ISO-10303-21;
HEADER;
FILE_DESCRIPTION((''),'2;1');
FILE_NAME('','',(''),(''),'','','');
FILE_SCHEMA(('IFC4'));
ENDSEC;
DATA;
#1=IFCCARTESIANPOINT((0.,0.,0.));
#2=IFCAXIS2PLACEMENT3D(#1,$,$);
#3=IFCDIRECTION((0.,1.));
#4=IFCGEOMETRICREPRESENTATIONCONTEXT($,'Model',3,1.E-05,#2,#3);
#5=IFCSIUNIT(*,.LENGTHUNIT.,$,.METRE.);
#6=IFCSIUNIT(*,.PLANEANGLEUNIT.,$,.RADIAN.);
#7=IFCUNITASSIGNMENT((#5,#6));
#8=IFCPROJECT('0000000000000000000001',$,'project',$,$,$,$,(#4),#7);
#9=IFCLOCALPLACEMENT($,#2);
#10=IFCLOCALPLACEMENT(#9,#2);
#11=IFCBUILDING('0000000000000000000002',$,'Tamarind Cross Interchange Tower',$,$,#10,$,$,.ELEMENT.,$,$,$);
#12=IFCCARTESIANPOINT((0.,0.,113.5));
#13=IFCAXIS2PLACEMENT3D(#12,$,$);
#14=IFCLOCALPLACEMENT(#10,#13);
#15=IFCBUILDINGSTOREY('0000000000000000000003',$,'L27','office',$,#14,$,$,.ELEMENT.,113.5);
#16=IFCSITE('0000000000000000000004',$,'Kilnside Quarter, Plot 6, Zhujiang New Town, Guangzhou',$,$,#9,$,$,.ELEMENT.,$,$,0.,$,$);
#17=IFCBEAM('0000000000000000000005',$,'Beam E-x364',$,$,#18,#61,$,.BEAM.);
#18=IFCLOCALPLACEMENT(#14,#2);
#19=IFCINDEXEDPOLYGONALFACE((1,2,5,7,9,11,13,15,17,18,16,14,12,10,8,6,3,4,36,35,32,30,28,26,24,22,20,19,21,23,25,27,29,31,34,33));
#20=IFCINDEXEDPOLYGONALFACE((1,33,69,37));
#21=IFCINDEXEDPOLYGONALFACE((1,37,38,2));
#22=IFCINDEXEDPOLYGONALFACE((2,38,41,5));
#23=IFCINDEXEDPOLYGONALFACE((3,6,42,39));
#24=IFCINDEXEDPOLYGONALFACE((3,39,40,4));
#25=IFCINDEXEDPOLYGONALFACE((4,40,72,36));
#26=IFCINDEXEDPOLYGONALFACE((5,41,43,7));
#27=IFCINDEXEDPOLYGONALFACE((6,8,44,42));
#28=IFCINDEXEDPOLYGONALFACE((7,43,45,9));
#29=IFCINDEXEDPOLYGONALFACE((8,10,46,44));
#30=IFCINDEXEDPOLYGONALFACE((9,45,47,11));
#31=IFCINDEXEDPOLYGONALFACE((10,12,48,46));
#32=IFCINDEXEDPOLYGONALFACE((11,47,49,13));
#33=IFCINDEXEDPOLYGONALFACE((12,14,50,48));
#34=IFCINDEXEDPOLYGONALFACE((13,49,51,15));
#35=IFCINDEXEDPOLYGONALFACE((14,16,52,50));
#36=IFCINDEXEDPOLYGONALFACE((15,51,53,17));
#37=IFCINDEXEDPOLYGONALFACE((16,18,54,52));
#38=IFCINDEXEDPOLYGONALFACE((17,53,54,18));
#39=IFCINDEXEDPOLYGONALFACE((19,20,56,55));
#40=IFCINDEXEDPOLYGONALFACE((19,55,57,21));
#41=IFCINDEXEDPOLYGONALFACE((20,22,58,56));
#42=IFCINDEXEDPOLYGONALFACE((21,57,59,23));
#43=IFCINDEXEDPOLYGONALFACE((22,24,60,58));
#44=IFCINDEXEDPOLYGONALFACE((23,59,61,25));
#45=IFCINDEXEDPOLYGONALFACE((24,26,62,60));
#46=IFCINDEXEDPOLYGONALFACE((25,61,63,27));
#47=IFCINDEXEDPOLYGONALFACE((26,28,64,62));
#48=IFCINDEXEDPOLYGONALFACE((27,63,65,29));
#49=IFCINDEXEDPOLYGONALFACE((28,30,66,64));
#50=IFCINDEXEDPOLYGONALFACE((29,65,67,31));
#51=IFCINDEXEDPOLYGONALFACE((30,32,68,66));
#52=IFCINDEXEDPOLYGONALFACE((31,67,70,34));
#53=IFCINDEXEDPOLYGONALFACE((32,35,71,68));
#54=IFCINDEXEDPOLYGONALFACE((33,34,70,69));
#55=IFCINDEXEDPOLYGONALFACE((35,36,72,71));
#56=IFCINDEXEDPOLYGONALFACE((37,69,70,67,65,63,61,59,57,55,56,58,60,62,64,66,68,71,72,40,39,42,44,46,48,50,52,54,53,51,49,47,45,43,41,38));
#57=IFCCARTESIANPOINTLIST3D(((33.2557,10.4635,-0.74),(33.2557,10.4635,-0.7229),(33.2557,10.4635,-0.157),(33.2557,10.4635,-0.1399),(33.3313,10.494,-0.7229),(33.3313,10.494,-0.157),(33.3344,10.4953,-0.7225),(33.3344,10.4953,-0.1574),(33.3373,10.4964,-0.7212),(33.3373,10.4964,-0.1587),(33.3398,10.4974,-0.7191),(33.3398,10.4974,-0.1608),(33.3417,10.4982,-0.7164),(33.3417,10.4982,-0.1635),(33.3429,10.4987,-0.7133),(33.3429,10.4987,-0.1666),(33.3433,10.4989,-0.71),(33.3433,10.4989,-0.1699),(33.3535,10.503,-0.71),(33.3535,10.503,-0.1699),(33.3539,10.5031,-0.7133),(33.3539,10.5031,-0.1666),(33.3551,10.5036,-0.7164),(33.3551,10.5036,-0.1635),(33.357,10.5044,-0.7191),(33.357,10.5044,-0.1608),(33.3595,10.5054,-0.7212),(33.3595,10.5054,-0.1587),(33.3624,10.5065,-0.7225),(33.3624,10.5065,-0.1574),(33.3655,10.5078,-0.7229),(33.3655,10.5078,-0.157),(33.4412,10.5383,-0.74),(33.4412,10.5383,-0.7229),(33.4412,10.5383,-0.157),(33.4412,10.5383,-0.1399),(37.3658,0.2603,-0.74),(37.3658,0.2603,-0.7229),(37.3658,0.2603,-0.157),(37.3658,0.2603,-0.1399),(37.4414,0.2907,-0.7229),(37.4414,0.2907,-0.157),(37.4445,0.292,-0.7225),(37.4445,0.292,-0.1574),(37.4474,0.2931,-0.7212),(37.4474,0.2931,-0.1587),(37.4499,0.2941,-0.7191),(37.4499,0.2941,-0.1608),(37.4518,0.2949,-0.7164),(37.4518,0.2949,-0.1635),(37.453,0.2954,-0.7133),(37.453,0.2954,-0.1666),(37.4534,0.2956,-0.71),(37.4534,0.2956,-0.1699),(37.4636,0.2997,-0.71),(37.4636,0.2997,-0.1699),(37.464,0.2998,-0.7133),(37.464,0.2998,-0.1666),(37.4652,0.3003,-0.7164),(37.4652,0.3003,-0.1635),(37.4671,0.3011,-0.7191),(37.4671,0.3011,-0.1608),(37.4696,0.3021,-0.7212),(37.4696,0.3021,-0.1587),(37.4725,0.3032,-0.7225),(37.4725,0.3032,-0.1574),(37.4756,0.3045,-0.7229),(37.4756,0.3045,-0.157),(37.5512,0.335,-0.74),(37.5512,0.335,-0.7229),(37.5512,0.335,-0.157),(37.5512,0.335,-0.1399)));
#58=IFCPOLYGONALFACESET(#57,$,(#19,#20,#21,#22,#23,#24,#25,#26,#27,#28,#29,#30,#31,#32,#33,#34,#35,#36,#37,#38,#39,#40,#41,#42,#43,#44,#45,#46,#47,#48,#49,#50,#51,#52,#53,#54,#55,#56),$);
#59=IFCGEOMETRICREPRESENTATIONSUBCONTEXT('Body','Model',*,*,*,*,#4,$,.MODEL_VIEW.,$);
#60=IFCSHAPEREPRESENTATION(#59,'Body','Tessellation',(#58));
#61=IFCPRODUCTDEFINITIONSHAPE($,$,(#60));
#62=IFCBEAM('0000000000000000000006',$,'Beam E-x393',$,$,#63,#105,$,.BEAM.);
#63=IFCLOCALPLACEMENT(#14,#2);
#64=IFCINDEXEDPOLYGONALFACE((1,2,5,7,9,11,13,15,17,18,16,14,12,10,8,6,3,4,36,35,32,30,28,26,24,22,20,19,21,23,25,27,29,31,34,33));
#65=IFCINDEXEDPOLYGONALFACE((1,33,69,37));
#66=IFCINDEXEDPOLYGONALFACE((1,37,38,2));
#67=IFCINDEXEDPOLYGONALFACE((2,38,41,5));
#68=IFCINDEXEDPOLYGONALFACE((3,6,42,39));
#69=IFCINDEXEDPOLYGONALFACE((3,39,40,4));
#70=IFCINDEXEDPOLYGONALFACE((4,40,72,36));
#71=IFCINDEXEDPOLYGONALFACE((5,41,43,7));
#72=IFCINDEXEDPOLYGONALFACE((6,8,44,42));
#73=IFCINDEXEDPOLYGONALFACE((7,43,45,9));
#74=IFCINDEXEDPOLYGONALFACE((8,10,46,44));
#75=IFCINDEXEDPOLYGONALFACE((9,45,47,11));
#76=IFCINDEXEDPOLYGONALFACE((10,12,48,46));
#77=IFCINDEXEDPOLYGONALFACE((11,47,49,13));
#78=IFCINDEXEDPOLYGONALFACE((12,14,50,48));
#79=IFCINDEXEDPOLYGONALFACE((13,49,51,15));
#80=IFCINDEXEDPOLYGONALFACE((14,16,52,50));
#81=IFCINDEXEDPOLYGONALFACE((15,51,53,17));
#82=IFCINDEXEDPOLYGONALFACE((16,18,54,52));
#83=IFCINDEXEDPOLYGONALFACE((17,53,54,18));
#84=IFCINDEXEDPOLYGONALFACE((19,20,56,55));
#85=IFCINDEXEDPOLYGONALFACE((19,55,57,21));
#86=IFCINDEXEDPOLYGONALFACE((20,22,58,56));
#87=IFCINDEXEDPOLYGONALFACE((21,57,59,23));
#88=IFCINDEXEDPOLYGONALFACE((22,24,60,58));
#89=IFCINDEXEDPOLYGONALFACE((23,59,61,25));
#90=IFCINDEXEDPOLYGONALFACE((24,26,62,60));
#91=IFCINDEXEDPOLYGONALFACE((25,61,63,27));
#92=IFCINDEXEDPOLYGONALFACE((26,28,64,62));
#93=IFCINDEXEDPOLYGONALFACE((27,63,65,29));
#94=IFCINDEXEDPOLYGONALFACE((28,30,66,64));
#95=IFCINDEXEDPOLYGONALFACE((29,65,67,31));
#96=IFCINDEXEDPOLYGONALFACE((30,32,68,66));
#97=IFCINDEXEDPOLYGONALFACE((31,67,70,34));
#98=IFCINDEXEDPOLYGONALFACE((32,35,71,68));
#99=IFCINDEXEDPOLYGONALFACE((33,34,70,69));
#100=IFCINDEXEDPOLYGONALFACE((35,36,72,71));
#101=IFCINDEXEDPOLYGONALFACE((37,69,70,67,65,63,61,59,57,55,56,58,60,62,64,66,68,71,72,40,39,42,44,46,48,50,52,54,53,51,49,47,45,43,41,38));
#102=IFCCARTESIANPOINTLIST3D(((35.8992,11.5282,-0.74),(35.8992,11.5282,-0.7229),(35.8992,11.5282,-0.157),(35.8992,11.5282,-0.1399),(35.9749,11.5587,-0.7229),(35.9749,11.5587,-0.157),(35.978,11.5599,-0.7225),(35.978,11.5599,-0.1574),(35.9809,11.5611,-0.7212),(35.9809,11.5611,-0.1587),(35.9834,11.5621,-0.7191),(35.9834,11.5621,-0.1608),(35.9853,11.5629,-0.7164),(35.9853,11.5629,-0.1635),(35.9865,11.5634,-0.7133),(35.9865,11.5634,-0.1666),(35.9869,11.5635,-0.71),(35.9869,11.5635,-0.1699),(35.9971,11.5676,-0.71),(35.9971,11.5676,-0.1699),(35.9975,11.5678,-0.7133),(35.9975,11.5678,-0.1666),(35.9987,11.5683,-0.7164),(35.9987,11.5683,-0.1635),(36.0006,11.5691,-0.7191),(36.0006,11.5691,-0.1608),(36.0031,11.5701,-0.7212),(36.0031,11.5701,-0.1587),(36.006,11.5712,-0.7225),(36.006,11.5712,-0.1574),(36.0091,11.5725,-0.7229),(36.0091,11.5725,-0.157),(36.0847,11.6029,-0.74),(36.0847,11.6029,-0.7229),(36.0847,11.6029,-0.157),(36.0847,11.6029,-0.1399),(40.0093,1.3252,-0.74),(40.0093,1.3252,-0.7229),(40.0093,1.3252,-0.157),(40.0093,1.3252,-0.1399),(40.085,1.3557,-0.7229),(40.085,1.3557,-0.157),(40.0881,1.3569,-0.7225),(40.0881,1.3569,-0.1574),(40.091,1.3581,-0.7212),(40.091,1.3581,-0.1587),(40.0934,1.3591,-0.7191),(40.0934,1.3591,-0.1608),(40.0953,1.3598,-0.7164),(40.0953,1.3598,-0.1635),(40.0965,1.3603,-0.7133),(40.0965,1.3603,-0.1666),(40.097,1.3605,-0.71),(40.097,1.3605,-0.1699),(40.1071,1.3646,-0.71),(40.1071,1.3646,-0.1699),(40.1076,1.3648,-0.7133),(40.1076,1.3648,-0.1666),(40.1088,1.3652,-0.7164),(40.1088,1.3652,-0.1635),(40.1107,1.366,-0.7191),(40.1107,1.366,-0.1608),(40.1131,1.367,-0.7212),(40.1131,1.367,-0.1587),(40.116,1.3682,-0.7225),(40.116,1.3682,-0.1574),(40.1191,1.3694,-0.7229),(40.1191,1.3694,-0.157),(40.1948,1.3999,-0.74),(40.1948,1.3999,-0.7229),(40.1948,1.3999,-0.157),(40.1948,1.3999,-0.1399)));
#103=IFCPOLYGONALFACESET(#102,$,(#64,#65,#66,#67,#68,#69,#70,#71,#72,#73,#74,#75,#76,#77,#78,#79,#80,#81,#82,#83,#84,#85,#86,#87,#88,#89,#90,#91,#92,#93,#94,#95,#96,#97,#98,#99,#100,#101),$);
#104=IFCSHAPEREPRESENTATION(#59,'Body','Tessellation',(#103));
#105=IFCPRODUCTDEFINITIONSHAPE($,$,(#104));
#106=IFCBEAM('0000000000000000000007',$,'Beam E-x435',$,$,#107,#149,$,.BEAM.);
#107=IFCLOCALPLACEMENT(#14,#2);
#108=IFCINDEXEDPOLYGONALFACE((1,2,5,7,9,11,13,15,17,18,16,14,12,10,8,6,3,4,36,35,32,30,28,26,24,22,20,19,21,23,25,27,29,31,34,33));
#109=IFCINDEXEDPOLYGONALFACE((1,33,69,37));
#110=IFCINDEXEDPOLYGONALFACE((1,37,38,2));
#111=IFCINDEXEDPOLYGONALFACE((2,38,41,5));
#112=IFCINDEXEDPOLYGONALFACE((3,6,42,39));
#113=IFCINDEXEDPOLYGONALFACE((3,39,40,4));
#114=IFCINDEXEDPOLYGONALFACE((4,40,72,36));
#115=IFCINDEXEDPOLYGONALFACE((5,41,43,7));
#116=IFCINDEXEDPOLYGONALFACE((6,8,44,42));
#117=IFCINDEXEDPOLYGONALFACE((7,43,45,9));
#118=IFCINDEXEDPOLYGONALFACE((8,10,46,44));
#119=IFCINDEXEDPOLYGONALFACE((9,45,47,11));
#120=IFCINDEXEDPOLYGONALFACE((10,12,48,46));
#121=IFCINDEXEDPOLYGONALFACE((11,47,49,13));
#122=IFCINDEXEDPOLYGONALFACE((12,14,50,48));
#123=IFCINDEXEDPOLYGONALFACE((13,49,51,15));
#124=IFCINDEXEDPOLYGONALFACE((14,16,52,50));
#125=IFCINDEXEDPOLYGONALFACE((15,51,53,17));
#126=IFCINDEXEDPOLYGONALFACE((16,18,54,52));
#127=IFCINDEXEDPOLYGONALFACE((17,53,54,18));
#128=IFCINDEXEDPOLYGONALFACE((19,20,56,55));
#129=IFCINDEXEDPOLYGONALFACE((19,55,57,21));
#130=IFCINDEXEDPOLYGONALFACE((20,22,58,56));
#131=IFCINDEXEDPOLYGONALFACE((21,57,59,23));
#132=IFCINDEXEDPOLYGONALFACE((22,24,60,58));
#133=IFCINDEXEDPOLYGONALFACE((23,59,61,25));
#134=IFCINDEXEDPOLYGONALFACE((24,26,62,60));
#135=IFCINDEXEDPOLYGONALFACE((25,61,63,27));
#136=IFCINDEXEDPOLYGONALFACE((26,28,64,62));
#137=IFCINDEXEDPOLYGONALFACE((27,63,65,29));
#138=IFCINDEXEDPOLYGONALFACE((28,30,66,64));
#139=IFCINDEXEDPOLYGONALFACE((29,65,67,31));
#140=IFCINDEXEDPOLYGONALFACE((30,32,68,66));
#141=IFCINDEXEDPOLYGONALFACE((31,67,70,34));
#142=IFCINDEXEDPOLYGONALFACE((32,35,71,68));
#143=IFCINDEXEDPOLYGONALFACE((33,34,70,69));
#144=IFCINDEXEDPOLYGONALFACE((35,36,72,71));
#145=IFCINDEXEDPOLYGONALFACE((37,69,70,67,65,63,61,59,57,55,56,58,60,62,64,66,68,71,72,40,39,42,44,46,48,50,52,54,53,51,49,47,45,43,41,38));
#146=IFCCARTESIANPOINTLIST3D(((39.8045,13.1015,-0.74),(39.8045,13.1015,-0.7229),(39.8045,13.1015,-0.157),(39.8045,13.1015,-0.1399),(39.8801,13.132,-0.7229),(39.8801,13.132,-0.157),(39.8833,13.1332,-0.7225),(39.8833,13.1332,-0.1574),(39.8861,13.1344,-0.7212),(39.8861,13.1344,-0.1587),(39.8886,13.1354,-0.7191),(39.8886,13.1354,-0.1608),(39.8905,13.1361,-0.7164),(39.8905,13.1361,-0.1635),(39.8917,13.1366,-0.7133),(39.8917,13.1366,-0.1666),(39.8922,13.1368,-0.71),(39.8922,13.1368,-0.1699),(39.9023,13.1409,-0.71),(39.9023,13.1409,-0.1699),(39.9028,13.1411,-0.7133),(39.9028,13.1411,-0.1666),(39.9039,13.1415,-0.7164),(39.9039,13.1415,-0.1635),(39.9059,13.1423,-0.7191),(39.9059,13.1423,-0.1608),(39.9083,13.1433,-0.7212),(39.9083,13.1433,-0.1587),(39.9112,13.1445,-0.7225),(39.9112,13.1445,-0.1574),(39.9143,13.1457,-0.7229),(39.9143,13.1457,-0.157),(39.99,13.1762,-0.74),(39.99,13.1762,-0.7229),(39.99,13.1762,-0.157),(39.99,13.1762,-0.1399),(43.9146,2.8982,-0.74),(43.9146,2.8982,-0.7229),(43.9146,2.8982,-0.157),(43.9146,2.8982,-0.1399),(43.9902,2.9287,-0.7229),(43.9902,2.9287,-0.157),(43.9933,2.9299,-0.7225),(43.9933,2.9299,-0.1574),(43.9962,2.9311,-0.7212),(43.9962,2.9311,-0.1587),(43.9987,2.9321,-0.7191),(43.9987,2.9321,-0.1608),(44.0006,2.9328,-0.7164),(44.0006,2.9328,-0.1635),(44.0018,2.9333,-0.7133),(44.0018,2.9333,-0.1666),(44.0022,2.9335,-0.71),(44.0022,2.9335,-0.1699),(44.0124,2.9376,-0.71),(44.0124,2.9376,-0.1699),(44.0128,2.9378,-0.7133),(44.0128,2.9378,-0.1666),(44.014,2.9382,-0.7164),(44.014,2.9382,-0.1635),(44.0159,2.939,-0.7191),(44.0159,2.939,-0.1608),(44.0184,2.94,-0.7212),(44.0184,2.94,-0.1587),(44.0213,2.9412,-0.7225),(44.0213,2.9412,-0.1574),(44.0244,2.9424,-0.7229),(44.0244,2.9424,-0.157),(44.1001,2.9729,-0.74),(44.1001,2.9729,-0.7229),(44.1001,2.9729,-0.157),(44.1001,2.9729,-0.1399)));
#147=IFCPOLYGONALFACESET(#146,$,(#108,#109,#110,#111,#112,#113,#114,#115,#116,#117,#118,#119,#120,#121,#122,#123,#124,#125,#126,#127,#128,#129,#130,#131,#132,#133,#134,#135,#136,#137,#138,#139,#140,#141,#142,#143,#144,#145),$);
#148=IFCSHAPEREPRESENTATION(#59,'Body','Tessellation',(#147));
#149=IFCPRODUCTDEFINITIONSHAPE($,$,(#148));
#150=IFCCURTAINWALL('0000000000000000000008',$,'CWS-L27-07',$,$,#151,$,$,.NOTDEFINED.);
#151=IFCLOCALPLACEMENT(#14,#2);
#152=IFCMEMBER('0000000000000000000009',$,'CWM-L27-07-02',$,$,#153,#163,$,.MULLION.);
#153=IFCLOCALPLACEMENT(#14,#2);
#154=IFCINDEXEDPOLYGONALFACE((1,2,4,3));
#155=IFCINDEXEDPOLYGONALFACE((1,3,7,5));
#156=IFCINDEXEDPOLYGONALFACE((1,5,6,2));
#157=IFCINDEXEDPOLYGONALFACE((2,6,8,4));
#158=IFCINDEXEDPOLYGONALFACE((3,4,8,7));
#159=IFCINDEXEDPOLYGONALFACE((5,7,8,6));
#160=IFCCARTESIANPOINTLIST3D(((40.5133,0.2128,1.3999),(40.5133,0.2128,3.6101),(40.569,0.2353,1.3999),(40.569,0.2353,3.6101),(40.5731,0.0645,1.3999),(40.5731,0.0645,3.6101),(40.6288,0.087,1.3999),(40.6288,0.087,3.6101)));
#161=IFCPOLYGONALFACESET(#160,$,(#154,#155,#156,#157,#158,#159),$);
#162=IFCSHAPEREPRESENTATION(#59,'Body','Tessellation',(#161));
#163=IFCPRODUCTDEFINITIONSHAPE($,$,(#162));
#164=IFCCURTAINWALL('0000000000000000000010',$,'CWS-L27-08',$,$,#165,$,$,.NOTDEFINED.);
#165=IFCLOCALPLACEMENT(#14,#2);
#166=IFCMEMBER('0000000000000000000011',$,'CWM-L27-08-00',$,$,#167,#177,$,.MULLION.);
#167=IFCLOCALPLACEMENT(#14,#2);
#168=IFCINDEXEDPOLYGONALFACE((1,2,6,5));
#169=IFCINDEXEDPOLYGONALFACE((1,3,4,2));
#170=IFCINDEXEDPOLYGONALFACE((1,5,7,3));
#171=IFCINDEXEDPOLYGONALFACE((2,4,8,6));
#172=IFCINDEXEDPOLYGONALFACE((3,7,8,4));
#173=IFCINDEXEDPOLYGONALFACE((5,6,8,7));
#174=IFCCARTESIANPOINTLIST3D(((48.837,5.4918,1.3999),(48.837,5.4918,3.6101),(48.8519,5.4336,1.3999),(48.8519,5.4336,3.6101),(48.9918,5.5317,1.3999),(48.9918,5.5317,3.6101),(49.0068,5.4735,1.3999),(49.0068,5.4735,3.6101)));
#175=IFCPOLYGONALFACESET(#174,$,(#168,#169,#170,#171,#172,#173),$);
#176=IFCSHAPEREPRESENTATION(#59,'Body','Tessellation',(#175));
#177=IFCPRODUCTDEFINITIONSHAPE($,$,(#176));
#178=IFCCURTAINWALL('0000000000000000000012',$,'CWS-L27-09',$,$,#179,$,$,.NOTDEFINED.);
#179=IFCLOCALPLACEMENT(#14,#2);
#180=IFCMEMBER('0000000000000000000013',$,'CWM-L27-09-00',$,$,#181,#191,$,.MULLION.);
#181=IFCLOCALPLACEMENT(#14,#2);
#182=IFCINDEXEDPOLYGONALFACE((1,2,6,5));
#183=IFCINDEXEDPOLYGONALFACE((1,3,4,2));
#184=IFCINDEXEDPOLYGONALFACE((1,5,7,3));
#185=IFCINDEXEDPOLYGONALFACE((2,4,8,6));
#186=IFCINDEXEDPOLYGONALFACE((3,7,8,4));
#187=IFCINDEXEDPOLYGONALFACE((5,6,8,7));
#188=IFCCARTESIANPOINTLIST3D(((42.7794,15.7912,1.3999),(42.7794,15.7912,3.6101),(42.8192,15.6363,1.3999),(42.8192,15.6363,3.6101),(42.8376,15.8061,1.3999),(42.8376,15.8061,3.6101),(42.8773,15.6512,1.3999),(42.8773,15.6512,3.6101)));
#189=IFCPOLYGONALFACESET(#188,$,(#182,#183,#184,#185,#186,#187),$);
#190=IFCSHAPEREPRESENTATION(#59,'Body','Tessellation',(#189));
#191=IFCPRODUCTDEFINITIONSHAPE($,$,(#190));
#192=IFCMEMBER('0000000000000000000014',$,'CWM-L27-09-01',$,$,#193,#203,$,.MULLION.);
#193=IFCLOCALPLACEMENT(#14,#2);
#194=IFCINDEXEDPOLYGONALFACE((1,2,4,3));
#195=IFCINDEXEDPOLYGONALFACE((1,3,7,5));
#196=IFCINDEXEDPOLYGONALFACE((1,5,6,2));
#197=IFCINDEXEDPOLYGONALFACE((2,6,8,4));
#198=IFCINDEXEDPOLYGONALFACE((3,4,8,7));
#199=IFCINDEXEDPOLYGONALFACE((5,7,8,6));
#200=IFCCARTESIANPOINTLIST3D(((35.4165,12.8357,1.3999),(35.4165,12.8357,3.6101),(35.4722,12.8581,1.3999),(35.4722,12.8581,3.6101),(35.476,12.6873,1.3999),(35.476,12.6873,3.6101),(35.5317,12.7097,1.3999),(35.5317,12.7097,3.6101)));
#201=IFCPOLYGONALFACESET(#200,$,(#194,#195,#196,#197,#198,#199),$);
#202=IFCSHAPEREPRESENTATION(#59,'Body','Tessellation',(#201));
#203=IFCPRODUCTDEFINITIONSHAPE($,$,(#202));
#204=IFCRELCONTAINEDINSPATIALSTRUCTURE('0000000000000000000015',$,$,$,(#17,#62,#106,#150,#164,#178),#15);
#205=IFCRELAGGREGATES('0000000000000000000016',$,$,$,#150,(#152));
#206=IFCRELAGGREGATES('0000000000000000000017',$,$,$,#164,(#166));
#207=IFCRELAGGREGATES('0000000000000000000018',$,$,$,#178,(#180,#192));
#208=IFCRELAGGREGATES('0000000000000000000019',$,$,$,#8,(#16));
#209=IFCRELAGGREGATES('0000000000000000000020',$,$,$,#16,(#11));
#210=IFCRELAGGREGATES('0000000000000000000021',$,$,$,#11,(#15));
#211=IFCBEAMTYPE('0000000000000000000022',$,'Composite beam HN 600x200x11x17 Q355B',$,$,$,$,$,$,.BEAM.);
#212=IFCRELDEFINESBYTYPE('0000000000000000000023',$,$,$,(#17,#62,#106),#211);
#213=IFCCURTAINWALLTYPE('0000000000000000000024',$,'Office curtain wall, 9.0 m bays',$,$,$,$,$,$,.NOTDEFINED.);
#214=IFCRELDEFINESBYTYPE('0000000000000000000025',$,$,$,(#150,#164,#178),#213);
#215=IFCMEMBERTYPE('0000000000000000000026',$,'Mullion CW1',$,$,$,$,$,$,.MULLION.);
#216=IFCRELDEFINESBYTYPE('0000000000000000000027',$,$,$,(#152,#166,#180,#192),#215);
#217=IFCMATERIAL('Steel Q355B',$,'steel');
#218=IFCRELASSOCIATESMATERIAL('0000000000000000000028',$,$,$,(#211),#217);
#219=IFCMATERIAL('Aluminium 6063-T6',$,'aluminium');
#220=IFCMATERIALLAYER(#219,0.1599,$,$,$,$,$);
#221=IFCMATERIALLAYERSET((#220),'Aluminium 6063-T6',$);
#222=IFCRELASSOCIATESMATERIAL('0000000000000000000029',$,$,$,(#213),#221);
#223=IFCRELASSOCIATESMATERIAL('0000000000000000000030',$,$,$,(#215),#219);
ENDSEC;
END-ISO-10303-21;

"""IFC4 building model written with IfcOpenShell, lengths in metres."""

from ifc_helpers import new_model, si_unit, direction, frame, origin, origin_2d, place, context, subcontext, project, spatial, rectangle, i_section, extrude, material, layer, layer_set, material_profile, profile_set, type_object, element, aggregate, save


model = new_model("IFC4")

# Units and contexts
model_context = context("Model", 3, precision=1e-05, world=origin(), true_north=direction((0.0, 1.0)))
body_context = subcontext(model_context, "Body", "Model", "MODEL_VIEW")
ifc_project = project(units=[si_unit("LENGTHUNIT", "METRE"), si_unit("PLANEANGLEUNIT", "RADIAN")], contexts=[model_context])

# Site, building, storey
site_placement = place(None, origin())
site = spatial("IfcSite", under=ifc_project, at=site_placement, Name="Kilnside Quarter, Plot 6, Zhujiang New Town, Guangzhou", CompositionType="ELEMENT", RefElevation=0.0)
building_placement = place(site_placement, origin())
building = spatial("IfcBuilding", under=site, at=building_placement, Name="Tamarind Cross Interchange Tower", CompositionType="ELEMENT")
storey_placement = place(building_placement, frame((0.0, 0.0, 113.5)))
storey = spatial("IfcBuildingStorey", under=building, at=storey_placement, Name="L27", Description="office", CompositionType="ELEMENT", Elevation=113.5)

# Beams
ifc_material_1 = material(Name="Steel Q355B", Category="steel")
ifc_material_profile_1 = material_profile(ifc_material_1, i_section(OverallWidth=0.2, OverallDepth=0.6001, WebThickness=0.011, FlangeThickness=0.0171, FilletRadius=0.0129, at=origin_2d()), Name="HN 600x200x11x17")
ifc_profile_set_1 = profile_set([ifc_material_profile_1], Name="Steel Q355B")
beam_type_1 = type_object("IfcBeamType", Name="Composite beam HN 600x200x11x17 Q355B", PredefinedType="BEAM", material=ifc_profile_set_1)
beam_1_placement = place(storey_placement, frame((37.4585, 0.2976, -0.4399), z_axis=(-0.373643, 0.927572, 0.0), x_axis=(-0.927572, -0.373643, 0.0)))
element("IfcBeam", 1, at=beam_1_placement, inside=storey, type_object=beam_type_1, Name="Beam E-x364", PredefinedType="BEAM", context=body_context, shape_type="SweptSolid", body=[
    extrude(i_section(OverallWidth=0.2, OverallDepth=0.6001, WebThickness=0.011, FlangeThickness=0.0171, FilletRadius=0.0129, at=origin_2d()), origin(), (0.0, 0.0, 1.0), 11.0),
])
beam_2_placement = place(storey_placement, frame((40.1021, 1.3625, -0.4399), z_axis=(-0.373651, 0.927569, 0.0), x_axis=(-0.927569, -0.373651, 0.0)))
element("IfcBeam", 2, at=beam_2_placement, inside=storey, type_object=beam_type_1, Name="Beam E-x393", PredefinedType="BEAM", context=body_context, shape_type="SweptSolid", body=[
    extrude(i_section(OverallWidth=0.2, OverallDepth=0.6001, WebThickness=0.011, FlangeThickness=0.0171, FilletRadius=0.0129, at=origin_2d()), origin(), (0.0, 0.0, 1.0), 10.9998),
])
beam_3_placement = place(storey_placement, frame((44.0073, 2.9355, -0.4399), z_axis=(-0.373643, 0.927572, 0.0), x_axis=(-0.927572, -0.373643, 0.0)))
element("IfcBeam", 3, at=beam_3_placement, inside=storey, type_object=beam_type_1, Name="Beam E-x435", PredefinedType="BEAM", context=body_context, shape_type="SweptSolid", body=[
    extrude(i_section(OverallWidth=0.2, OverallDepth=0.6001, WebThickness=0.011, FlangeThickness=0.0171, FilletRadius=0.0129, at=origin_2d()), origin(), (0.0, 0.0, 1.0), 11.0),
])

# Curtain walls, members
ifc_material_2 = material(Name="Aluminium 6063-T6", Category="aluminium")
ifc_layer_1 = layer(ifc_material_2, 0.1599)
ifc_layer_set_1 = layer_set([ifc_layer_1], Name="Aluminium 6063-T6")
curtain_wall_type = type_object("IfcCurtainWallType", Name="Office curtain wall, 9.0 m bays", PredefinedType="NOTDEFINED", material=ifc_layer_set_1)
curtain_wall_1_placement = place(storey_placement, origin())
curtain_wall_1 = element("IfcCurtainWall", 4, at=curtain_wall_1_placement, inside=storey, type_object=curtain_wall_type, Name="CWS-L27-07", PredefinedType="NOTDEFINED")
ifc_material_profile_2 = material_profile(ifc_material_2, rectangle(XDim=0.0601, YDim=0.1599, at=origin_2d()), Name="Mullion CW1")
ifc_profile_set_2 = profile_set([ifc_material_profile_2], Name="Aluminium 6063-T6")
member_type = type_object("IfcMemberType", Name="Mullion CW1", PredefinedType="MULLION", material=ifc_profile_set_2)
member_1_placement = place(storey_placement, frame((40.571, 0.1499, 1.3999), z_axis=(0.0, 0.0, 1.0), x_axis=(0.92757, 0.373648, 0.0)))
member_1 = element("IfcMember", 5, at=member_1_placement, type_object=member_type, Name="CWM-L27-07-02", PredefinedType="MULLION", context=body_context, shape_type="SweptSolid", body=[
    extrude(rectangle(XDim=0.0601, YDim=0.1599, at=origin_2d()), origin(), (0.0, 0.0, 1.0), 2.2102),
])
aggregate(curtain_wall_1, [member_1])
curtain_wall_2_placement = place(storey_placement, origin())
curtain_wall_2 = element("IfcCurtainWall", 6, at=curtain_wall_2_placement, inside=storey, type_object=curtain_wall_type, Name="CWS-L27-08", PredefinedType="NOTDEFINED")
member_2_placement = place(storey_placement, frame((48.9219, 5.4827, 1.3999), z_axis=(0.0, 0.0, 1.0), x_axis=(-0.24938, 0.968406, 0.0)))
member_2 = element("IfcMember", 7, at=member_2_placement, type_object=member_type, Name="CWM-L27-08-00", PredefinedType="MULLION", context=body_context, shape_type="SweptSolid", body=[
    extrude(rectangle(XDim=0.0601, YDim=0.1599, at=origin_2d()), origin(), (0.0, 0.0, 1.0), 2.2102),
])
aggregate(curtain_wall_2, [member_2])

# Curtain wall, members
curtain_wall_3_placement = place(storey_placement, origin())
curtain_wall_3 = element("IfcCurtainWall", 8, at=curtain_wall_3_placement, inside=storey, type_object=curtain_wall_type, Name="CWS-L27-09", PredefinedType="NOTDEFINED")
member_3_placement = place(storey_placement, frame((42.8284, 15.7212, 1.3999), z_axis=(0.0, 0.0, 1.0), x_axis=(-0.96861, -0.248584, 0.0)))
member_3 = element("IfcMember", 9, at=member_3_placement, type_object=member_type, Name="CWM-L27-09-00", PredefinedType="MULLION", context=body_context, shape_type="SweptSolid", body=[
    extrude(rectangle(XDim=0.0601, YDim=0.1599, at=origin_2d()), origin(), (0.0, 0.0, 1.0), 2.2102),
])
member_4_placement = place(storey_placement, frame((35.4741, 12.7727, 1.3999), z_axis=(0.0, 0.0, 1.0), x_axis=(-0.928183, -0.372124, 0.0)))
member_4 = element("IfcMember", 10, at=member_4_placement, type_object=member_type, Name="CWM-L27-09-01", PredefinedType="MULLION", context=body_context, shape_type="SweptSolid", body=[
    extrude(rectangle(XDim=0.0601, YDim=0.1599, at=origin_2d()), origin(), (0.0, 0.0, 1.0), 2.2102),
])
aggregate(curtain_wall_3, [member_3, member_4])

save(model, "model.ifc")
